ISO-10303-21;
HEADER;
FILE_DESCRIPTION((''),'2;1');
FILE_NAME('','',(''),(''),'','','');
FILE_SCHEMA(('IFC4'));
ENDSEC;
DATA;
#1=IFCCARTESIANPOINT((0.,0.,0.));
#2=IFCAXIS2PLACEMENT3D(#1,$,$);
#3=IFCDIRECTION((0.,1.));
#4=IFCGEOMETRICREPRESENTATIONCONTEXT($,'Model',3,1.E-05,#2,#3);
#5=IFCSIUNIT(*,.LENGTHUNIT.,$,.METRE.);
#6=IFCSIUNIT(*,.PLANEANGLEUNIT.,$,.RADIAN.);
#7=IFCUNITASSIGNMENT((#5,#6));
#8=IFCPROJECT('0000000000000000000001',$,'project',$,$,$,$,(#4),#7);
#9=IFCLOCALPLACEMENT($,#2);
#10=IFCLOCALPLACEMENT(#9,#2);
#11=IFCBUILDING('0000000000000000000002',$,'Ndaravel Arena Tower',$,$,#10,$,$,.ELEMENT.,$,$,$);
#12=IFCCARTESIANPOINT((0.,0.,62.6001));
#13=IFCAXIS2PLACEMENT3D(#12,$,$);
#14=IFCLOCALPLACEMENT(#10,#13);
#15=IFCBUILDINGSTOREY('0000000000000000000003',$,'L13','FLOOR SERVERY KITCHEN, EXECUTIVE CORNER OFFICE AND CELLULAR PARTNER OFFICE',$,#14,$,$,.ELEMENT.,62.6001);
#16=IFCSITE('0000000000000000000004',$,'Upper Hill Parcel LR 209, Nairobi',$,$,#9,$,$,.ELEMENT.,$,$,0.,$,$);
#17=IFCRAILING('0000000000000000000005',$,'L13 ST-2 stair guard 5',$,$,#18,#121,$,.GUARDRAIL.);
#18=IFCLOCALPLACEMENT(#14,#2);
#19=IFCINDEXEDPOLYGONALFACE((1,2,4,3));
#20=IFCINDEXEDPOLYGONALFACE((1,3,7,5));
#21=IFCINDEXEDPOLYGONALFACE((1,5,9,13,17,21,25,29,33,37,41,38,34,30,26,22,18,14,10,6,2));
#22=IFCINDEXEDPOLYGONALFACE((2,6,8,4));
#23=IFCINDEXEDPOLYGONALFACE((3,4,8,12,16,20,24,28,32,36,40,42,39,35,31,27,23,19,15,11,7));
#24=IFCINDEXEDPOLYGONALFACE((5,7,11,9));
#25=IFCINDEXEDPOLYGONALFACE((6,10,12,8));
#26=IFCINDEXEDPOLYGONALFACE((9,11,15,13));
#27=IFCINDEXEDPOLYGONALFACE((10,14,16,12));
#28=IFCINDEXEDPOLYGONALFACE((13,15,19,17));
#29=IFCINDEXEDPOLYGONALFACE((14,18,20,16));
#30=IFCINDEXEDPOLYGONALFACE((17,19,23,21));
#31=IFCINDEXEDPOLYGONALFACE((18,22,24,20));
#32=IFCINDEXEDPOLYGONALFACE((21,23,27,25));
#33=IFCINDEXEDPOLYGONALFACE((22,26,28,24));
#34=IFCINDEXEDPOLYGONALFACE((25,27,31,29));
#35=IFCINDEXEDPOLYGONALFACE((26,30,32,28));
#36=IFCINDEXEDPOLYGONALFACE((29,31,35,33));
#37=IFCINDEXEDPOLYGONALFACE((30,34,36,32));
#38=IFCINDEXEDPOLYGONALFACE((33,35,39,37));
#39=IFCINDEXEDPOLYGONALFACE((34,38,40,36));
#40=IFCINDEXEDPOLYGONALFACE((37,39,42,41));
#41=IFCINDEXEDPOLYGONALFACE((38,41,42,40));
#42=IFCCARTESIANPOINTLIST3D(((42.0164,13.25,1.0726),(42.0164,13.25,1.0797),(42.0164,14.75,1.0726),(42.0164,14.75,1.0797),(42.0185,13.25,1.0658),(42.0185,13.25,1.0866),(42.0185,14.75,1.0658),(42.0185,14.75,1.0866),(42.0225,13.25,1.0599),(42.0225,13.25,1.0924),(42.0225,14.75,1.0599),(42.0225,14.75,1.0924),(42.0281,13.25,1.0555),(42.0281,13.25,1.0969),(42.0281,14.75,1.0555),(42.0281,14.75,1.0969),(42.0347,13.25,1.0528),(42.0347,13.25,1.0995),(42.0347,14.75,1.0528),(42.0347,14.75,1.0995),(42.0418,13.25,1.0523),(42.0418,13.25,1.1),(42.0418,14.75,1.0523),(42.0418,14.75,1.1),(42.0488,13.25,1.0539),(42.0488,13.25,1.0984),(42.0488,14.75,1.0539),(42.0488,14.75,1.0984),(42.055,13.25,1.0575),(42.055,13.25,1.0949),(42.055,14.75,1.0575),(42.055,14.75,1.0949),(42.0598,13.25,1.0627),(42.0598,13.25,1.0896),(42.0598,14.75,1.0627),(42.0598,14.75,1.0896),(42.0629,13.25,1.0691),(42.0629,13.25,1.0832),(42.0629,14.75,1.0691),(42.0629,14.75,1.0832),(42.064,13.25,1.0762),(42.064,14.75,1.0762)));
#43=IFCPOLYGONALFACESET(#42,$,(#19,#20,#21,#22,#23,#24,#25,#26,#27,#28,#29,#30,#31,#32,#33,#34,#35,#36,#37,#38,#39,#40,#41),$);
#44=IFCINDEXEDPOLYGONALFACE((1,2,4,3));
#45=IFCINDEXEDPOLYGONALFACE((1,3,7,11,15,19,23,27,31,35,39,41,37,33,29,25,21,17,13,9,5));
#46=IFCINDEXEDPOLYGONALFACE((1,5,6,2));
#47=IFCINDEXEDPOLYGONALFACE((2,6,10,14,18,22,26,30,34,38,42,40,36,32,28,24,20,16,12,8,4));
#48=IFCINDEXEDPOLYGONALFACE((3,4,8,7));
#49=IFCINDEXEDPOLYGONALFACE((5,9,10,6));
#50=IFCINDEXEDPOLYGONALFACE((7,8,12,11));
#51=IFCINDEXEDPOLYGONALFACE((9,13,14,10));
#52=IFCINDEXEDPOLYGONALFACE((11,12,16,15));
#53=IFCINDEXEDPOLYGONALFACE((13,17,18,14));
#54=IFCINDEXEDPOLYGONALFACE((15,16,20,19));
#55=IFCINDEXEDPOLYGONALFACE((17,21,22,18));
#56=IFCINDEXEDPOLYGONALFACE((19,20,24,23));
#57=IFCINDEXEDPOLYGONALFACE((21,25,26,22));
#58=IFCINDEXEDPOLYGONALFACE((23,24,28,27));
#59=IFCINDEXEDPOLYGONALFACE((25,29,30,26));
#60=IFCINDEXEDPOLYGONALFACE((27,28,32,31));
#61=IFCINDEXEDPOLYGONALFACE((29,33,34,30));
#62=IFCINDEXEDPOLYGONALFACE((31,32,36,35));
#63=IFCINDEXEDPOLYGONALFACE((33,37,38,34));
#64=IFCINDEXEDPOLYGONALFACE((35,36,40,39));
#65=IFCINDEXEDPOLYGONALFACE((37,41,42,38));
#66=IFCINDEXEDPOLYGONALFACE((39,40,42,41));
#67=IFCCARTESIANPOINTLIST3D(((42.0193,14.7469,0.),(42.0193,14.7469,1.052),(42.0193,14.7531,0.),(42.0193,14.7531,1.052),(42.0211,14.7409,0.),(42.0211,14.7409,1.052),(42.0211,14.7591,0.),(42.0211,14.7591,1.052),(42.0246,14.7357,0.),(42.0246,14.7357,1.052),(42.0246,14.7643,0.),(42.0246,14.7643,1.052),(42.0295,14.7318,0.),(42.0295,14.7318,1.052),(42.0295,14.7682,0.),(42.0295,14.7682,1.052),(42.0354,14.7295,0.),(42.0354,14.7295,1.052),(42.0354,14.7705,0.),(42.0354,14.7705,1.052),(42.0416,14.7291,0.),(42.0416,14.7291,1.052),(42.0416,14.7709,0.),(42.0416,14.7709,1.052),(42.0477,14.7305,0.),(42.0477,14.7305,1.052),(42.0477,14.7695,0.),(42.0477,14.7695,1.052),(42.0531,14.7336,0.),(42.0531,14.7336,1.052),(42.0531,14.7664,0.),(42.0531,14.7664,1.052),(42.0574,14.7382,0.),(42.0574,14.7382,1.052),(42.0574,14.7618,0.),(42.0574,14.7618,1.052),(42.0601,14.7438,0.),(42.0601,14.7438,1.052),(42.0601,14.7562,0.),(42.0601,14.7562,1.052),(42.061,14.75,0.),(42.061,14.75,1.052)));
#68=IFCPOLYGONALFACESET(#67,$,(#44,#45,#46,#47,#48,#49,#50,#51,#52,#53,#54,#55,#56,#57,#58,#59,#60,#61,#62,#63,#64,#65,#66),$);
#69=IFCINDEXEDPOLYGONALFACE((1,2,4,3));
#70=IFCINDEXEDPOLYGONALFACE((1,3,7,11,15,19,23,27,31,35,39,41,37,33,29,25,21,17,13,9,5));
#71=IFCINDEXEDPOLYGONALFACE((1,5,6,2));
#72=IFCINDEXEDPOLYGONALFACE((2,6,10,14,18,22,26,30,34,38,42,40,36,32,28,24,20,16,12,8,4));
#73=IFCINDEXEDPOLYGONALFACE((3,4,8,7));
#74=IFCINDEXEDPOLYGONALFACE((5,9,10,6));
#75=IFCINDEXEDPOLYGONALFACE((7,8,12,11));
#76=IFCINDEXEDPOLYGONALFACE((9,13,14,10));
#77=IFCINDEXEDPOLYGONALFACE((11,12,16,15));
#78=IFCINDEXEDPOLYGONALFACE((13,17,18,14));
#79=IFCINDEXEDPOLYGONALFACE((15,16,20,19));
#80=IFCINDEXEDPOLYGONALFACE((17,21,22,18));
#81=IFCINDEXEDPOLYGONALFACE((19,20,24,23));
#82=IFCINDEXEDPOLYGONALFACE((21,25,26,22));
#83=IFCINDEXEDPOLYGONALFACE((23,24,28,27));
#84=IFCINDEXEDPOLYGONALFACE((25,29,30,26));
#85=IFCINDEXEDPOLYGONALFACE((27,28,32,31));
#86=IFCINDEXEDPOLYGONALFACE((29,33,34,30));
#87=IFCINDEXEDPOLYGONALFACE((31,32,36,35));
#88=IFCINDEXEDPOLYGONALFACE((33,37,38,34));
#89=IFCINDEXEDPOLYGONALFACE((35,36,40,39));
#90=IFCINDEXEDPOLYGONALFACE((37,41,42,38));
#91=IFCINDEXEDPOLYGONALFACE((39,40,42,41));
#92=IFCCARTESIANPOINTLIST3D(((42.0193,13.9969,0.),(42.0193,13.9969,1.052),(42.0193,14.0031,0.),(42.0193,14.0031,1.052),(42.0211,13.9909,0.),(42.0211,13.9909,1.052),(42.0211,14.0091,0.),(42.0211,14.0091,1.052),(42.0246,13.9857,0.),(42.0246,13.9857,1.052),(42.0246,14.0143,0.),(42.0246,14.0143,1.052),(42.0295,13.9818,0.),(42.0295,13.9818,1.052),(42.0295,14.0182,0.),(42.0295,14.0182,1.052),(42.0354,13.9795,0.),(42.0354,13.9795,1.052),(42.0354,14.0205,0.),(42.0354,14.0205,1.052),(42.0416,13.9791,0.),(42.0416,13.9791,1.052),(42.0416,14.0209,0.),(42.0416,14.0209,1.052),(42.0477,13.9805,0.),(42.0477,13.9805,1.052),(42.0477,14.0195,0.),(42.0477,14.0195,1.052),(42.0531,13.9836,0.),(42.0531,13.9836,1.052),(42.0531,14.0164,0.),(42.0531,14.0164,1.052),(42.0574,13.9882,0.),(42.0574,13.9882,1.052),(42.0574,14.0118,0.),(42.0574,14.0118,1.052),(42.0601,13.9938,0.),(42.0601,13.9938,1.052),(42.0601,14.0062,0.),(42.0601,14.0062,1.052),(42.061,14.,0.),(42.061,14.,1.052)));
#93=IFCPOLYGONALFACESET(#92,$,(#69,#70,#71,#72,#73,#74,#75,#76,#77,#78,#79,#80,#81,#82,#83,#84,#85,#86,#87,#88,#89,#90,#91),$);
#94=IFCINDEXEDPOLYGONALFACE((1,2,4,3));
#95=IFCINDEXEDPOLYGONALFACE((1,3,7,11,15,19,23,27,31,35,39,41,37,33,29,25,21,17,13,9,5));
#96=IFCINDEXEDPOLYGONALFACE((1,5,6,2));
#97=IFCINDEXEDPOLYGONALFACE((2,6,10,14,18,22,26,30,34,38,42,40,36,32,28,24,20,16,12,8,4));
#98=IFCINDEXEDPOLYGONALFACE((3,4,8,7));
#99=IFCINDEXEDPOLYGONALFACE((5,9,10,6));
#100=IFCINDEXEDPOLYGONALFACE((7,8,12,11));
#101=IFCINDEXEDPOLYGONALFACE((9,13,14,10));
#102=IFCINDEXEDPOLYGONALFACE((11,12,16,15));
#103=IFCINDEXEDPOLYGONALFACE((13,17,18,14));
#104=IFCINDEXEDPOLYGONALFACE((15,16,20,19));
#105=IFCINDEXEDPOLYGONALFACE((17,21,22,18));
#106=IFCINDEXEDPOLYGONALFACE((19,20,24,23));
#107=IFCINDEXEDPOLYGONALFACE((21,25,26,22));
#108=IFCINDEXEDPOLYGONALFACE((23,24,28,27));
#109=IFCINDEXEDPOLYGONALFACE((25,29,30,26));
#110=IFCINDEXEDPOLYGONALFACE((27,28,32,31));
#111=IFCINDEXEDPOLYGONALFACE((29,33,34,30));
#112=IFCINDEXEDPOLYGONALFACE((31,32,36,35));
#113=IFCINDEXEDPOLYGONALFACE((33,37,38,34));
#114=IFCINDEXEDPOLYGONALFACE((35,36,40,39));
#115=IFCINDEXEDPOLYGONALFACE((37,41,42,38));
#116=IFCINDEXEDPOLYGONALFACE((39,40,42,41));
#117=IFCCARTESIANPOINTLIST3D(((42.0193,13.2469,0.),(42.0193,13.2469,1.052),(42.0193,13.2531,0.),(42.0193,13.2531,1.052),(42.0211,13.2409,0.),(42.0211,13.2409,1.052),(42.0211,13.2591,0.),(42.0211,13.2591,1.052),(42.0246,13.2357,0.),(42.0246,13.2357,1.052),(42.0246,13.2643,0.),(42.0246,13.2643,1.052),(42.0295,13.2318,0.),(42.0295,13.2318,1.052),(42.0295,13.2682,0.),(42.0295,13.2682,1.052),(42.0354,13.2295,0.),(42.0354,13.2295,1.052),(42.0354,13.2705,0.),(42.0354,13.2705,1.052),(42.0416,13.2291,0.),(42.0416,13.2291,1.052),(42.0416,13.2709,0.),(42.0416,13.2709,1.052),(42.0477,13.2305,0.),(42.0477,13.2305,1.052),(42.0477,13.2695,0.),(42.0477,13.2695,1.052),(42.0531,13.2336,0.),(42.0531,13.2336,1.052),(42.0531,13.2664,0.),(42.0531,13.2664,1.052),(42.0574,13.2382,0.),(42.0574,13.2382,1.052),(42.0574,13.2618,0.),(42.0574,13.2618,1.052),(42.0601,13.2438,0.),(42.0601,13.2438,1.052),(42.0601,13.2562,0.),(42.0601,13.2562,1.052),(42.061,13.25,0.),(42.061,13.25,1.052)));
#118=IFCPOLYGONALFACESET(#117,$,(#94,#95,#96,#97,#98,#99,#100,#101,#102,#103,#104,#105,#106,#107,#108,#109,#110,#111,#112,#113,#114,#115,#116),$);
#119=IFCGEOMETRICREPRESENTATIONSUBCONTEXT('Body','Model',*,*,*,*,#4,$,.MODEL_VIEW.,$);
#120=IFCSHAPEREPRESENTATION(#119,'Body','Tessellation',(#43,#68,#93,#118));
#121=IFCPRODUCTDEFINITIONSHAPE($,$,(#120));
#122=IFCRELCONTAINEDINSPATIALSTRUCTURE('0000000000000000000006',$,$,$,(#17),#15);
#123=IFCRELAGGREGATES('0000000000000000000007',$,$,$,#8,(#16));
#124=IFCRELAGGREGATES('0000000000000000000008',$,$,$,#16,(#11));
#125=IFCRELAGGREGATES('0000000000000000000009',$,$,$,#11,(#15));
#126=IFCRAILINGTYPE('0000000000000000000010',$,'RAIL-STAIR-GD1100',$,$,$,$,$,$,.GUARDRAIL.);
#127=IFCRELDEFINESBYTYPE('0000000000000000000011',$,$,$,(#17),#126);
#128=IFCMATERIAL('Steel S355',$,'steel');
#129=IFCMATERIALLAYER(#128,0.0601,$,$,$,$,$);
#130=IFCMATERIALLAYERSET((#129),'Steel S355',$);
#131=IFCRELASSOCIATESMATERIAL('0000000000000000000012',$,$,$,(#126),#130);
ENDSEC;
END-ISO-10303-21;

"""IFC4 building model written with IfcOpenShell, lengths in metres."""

from ifc_helpers import new_model, si_unit, direction, frame, origin, origin_2d, place, context, subcontext, project, spatial, circle, extrude, material, layer, layer_set, type_object, element, save


model = new_model("IFC4")

# Units and contexts
model_context = context("Model", 3, precision=1e-05, world=origin(), true_north=direction((0.0, 1.0)))
body_context = subcontext(model_context, "Body", "Model", "MODEL_VIEW")
ifc_project = project(units=[si_unit("LENGTHUNIT", "METRE"), si_unit("PLANEANGLEUNIT", "RADIAN")], contexts=[model_context])

# Site, building, storey
site_placement = place(None, origin())
site = spatial("IfcSite", under=ifc_project, at=site_placement, Name="Upper Hill Parcel LR 209, Nairobi", CompositionType="ELEMENT", RefElevation=0.0)
building_placement = place(site_placement, origin())
building = spatial("IfcBuilding", under=site, at=building_placement, Name="Ndaravel Arena Tower", CompositionType="ELEMENT")
storey_placement = place(building_placement, frame((0.0, 0.0, 62.6001)))
storey = spatial("IfcBuildingStorey", under=building, at=storey_placement, Name="L13", Description="FLOOR SERVERY KITCHEN, EXECUTIVE CORNER OFFICE AND CELLULAR PARTNER OFFICE", CompositionType="ELEMENT", Elevation=62.6001)

# Railing
ifc_material_1 = material(Name="Steel S355", Category="steel")
ifc_layer_1 = layer(ifc_material_1, 0.0601)
ifc_layer_set_1 = layer_set([ifc_layer_1], Name="Steel S355")
railing_type = type_object("IfcRailingType", Name="RAIL-STAIR-GD1100", PredefinedType="GUARDRAIL", material=ifc_layer_set_1)
for number, where, name in (
    (1, (42.04, 14.75, 0.0), "L13 ST-2 stair guard 5"),
):
    element("IfcRailing", number, at=place(storey_placement, frame(where)), inside=storey, type_object=railing_type, Name=name, PredefinedType="GUARDRAIL", context=body_context, shape_type="SweptSolid", body=[
        extrude(circle(Radius=0.0239, at=origin_2d()), frame((0.0, 0.0, 1.0762), z_axis=(0.0, -1.0, 0.0), x_axis=(1.0, 0.0, 0.0)), (0.0, 0.0, 1.0), 1.5),
        extrude(circle(Radius=0.021, at=origin_2d()), origin(), (0.0, 0.0, 1.0), 1.052),
        extrude(circle(Radius=0.021, at=origin_2d()), frame((0.0, -0.75, 0.0)), (0.0, 0.0, 1.0), 1.052),
        extrude(circle(Radius=0.021, at=origin_2d()), frame((0.0, -1.5, 0.0)), (0.0, 0.0, 1.0), 1.052),
    ])

save(model, "model.ifc")
